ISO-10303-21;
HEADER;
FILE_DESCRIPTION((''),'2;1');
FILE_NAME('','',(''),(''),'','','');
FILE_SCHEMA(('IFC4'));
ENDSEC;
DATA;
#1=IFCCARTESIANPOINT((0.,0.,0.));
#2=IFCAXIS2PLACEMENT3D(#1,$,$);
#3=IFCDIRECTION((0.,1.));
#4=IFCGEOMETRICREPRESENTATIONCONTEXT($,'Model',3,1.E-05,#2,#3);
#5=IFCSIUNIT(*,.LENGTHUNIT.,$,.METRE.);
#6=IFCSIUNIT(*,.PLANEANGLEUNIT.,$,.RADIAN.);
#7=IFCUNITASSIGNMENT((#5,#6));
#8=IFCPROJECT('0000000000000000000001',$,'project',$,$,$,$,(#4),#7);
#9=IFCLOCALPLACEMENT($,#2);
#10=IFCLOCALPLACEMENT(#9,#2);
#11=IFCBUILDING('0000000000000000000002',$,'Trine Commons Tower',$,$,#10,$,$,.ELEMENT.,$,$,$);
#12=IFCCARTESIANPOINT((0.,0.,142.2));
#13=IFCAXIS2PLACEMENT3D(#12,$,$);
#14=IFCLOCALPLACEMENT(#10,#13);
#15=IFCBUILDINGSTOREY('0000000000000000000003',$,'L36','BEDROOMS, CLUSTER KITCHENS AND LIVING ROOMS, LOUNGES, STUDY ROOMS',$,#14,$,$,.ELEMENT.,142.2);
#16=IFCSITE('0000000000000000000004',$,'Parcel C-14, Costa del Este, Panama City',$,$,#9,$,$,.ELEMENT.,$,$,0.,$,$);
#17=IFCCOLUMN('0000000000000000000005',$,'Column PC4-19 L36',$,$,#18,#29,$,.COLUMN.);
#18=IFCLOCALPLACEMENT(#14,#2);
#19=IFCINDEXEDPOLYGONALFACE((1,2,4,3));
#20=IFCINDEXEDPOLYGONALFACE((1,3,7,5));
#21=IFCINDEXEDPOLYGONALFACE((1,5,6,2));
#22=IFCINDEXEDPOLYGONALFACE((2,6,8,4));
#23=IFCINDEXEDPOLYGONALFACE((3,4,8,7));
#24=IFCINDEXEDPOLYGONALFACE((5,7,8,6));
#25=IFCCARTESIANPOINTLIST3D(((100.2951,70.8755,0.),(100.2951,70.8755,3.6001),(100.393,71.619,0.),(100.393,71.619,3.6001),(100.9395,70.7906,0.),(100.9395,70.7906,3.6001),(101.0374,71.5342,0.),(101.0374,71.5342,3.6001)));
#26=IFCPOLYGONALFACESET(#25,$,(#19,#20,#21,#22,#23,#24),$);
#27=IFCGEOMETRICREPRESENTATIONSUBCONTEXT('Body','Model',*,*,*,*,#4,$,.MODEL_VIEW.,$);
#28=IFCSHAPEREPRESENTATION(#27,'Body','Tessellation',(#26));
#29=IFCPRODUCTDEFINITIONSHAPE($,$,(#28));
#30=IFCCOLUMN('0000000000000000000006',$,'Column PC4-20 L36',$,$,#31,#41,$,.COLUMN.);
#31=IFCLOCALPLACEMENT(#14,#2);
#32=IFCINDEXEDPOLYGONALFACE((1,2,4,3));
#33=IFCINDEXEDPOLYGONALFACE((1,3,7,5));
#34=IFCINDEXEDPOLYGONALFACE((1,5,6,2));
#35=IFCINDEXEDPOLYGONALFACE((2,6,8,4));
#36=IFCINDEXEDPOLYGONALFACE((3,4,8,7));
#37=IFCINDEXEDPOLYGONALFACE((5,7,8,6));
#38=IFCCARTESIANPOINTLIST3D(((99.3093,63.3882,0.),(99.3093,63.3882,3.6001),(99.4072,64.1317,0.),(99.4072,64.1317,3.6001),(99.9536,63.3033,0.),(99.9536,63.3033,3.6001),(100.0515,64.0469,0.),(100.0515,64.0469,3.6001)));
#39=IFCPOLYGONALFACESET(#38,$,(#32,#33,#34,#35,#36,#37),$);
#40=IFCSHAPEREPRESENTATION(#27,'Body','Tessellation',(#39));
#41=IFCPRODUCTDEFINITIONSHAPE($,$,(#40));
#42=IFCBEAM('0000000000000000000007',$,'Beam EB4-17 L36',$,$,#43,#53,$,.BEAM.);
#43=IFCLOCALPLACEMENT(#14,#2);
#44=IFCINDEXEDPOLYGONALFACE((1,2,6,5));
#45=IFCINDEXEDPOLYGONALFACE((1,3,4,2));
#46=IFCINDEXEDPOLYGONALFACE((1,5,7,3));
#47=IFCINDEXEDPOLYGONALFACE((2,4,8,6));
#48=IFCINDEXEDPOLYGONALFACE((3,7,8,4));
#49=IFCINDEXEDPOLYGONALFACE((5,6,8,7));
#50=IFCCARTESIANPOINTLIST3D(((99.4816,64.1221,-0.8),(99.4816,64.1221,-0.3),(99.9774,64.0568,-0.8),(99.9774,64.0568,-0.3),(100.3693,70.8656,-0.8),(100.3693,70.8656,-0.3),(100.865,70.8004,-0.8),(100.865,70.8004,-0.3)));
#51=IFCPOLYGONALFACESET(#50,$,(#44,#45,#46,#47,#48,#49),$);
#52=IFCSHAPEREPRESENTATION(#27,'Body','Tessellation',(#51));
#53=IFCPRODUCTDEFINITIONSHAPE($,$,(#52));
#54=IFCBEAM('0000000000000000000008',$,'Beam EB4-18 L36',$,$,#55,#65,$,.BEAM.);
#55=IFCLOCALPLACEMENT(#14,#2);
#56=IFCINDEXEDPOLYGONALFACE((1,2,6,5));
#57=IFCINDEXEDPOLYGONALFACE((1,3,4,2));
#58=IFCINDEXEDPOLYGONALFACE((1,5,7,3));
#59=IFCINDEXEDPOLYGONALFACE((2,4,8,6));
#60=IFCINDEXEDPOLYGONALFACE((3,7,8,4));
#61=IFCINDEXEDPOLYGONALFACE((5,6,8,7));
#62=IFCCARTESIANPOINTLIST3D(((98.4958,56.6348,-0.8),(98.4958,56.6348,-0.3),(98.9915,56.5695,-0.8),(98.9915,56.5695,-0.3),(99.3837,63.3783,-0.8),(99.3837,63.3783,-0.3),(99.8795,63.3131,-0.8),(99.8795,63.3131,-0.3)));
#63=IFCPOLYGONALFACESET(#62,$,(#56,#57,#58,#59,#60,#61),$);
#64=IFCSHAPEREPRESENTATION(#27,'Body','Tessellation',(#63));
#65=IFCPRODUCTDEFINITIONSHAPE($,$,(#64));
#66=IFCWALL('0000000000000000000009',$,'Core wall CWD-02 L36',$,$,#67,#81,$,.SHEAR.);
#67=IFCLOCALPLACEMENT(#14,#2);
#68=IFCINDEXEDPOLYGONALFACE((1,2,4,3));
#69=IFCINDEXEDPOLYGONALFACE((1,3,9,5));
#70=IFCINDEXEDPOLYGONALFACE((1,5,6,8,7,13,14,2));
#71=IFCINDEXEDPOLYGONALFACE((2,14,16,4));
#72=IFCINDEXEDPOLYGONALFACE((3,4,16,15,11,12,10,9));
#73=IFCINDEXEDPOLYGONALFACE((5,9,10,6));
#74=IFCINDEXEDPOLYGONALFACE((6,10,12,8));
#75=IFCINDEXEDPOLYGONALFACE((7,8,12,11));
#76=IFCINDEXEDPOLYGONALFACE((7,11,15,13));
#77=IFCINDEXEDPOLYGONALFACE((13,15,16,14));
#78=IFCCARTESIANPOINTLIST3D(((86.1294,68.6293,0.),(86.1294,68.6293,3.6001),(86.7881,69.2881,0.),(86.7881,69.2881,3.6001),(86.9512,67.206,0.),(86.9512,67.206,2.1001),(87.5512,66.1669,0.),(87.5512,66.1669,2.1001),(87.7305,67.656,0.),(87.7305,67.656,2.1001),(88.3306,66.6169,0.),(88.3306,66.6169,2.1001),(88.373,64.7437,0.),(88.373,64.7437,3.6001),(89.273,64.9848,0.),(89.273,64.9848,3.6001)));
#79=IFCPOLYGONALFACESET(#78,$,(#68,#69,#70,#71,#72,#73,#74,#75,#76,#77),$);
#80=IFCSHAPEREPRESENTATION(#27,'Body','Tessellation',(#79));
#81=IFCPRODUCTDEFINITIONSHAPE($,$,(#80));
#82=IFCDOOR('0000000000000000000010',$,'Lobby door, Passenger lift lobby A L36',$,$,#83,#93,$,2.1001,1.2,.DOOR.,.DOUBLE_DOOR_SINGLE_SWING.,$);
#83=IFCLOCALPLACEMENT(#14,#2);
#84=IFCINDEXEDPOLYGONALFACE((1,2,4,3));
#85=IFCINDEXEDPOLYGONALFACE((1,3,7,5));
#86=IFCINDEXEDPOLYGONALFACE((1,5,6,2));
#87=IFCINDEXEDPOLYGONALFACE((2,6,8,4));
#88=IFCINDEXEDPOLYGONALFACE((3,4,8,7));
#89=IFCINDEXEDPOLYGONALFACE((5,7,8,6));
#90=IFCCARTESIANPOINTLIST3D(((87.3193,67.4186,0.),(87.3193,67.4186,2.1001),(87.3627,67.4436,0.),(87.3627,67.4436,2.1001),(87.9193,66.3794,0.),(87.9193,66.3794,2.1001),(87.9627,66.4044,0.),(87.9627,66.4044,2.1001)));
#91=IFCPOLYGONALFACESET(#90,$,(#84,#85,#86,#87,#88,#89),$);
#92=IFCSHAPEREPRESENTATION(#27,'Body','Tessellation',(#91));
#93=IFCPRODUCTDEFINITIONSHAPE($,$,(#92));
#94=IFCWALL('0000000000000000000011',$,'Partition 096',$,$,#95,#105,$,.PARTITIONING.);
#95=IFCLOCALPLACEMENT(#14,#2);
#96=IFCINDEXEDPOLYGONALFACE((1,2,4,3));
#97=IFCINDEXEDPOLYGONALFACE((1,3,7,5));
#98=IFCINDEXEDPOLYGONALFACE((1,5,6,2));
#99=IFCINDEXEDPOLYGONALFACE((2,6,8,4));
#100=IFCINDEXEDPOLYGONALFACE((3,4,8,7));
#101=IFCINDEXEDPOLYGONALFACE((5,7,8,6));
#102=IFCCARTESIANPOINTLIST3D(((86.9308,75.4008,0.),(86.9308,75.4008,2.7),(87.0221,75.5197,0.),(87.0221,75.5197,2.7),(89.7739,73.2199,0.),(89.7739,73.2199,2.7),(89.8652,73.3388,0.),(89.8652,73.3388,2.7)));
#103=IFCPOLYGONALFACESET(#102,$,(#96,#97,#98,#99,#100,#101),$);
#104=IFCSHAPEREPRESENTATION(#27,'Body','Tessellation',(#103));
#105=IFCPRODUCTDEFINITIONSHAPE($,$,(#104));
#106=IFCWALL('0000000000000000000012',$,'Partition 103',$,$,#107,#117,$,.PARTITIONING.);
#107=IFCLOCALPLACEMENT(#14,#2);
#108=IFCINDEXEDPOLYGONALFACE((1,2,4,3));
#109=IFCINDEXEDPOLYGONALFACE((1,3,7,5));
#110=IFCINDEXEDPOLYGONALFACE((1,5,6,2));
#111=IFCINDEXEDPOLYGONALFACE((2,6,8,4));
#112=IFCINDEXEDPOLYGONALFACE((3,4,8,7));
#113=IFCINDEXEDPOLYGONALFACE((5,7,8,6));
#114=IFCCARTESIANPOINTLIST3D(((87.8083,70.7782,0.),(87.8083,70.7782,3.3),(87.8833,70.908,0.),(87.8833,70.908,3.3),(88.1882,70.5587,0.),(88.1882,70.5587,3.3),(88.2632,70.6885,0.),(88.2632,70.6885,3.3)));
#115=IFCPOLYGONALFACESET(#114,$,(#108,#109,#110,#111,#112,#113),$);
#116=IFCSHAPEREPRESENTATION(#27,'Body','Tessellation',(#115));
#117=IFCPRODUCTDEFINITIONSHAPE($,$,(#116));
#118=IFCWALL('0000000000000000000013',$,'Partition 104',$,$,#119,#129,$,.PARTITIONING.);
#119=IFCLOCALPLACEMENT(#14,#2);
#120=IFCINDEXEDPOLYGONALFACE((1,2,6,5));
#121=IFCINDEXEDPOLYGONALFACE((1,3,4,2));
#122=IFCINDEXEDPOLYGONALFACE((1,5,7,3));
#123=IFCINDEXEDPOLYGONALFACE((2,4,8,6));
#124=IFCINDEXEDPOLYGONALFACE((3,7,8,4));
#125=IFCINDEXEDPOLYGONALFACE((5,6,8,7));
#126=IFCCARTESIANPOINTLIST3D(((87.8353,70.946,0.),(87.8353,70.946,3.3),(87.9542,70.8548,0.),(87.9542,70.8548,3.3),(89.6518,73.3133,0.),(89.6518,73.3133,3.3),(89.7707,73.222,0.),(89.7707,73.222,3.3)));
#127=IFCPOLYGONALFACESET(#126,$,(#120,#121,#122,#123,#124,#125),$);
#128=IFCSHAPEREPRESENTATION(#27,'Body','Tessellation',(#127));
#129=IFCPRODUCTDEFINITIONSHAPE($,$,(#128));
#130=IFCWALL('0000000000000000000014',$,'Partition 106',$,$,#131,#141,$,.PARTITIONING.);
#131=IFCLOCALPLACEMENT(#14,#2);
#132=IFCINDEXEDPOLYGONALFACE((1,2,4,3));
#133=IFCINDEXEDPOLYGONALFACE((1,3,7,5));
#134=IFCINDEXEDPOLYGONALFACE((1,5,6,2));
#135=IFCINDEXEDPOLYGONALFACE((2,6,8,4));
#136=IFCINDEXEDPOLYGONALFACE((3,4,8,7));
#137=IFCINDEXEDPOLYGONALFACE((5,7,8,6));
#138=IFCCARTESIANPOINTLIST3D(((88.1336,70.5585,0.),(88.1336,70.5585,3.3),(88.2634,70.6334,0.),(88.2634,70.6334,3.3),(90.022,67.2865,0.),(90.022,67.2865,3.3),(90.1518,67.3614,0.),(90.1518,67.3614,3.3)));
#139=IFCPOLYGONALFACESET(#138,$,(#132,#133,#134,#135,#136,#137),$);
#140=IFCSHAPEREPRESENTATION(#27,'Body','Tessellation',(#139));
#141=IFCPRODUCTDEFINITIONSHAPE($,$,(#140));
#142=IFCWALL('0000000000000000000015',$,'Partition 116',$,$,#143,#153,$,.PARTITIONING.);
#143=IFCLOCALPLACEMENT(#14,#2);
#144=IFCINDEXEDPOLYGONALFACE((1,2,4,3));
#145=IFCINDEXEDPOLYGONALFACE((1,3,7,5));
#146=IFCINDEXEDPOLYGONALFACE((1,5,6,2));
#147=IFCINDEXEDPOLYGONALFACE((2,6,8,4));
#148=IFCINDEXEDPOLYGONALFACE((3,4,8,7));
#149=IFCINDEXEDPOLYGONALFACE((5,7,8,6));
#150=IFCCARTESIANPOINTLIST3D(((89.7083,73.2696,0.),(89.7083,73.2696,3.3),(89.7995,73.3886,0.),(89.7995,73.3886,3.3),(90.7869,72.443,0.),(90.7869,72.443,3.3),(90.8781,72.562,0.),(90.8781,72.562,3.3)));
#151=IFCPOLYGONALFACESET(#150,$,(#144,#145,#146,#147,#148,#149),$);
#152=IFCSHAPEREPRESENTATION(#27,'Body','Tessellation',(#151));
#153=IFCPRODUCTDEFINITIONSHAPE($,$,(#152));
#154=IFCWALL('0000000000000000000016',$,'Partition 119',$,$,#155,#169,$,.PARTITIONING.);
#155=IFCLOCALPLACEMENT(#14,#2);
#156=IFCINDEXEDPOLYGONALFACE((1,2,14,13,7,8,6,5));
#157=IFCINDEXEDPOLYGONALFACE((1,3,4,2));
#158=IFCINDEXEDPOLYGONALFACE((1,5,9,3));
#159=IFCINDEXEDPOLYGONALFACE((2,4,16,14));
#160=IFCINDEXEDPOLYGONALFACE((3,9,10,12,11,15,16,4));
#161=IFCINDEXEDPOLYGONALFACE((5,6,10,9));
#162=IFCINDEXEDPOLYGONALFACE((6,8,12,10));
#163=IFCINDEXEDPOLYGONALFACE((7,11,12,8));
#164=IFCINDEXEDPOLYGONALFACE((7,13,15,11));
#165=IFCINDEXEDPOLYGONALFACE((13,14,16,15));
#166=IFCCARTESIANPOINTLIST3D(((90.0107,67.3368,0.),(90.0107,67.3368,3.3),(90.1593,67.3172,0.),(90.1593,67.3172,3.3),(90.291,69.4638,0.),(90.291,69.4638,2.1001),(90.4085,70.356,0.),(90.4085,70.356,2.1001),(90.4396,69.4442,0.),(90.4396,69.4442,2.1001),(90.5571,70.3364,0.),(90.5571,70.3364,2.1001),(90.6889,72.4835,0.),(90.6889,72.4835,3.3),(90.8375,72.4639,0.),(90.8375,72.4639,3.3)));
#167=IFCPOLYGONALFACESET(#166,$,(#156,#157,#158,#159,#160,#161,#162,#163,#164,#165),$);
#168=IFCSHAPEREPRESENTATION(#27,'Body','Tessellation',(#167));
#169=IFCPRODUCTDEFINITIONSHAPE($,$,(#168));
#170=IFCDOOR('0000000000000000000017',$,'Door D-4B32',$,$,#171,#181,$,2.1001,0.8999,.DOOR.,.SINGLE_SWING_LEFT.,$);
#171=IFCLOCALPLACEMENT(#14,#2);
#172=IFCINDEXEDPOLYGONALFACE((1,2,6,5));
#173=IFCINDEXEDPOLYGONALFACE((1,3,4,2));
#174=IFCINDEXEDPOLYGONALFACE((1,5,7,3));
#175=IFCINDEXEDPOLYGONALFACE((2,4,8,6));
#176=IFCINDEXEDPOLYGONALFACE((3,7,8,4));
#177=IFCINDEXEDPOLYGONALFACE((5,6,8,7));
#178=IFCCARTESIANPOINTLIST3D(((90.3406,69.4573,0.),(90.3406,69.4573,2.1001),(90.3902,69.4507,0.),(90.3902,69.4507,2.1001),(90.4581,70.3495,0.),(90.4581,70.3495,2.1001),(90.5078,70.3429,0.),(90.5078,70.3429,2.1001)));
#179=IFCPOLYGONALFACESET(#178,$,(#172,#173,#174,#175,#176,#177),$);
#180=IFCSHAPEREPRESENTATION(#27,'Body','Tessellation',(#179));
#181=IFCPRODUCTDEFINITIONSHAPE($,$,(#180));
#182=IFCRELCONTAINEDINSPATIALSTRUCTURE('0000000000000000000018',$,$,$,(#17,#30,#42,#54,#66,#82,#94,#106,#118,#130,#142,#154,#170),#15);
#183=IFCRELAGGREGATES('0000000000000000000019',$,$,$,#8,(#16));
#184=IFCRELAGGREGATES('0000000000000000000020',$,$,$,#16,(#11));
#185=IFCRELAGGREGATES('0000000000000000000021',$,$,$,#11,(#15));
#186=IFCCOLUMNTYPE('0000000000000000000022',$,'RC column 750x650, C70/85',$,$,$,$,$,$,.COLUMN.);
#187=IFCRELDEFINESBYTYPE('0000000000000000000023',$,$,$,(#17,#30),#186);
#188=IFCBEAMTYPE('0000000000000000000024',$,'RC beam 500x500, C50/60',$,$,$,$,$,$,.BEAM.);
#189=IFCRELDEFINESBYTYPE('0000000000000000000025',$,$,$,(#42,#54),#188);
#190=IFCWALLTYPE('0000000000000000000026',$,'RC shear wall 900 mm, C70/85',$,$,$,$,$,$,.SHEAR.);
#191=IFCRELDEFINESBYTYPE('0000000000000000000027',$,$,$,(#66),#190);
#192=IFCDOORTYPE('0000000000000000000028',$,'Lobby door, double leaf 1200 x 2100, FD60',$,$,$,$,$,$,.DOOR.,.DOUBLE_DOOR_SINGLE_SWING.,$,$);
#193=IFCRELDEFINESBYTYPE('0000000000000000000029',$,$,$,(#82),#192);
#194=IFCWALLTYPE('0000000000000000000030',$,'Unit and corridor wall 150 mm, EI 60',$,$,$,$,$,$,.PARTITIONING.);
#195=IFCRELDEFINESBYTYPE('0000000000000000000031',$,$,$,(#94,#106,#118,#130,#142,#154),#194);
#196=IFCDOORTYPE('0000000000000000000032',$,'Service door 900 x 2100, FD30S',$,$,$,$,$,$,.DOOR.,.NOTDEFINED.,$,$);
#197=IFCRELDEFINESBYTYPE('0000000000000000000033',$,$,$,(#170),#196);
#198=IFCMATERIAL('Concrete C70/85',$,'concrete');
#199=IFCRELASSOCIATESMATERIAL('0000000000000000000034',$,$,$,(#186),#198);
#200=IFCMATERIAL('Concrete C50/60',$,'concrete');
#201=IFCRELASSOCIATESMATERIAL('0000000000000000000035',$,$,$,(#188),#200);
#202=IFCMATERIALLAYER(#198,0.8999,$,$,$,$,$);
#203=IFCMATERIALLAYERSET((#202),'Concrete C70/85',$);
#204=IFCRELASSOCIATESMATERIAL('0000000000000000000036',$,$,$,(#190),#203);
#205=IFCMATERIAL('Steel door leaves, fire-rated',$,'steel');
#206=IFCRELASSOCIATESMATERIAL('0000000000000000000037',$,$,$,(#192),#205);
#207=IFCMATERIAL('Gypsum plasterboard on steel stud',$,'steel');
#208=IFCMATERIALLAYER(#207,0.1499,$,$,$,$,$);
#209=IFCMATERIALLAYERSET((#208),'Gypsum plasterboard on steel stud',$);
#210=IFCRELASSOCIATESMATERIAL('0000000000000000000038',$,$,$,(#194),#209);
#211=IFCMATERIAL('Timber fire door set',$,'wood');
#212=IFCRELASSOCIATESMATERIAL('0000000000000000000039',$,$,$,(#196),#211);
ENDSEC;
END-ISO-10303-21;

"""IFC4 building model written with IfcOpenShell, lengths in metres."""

from ifc_helpers import new_model, si_unit, direction, frame, frame_2d, origin, origin_2d, place, context, subcontext, project, spatial, polyline, rectangle, outline, extrude, material, layer, layer_set, material_profile, profile_set, type_object, element, fill, save


model = new_model("IFC4")

# Units and contexts
model_context = context("Model", 3, precision=1e-05, world=origin(), true_north=direction((0.0, 1.0)))
body_context = subcontext(model_context, "Body", "Model", "MODEL_VIEW")
ifc_project = project(units=[si_unit("LENGTHUNIT", "METRE"), si_unit("PLANEANGLEUNIT", "RADIAN")], contexts=[model_context])

# Site, building, storey
site_placement = place(None, origin())
site = spatial("IfcSite", under=ifc_project, at=site_placement, Name="Parcel C-14, Costa del Este, Panama City", CompositionType="ELEMENT", RefElevation=0.0)
building_placement = place(site_placement, origin())
building = spatial("IfcBuilding", under=site, at=building_placement, Name="Trine Commons Tower", CompositionType="ELEMENT")
storey_placement = place(building_placement, frame((0.0, 0.0, 142.2)))
storey = spatial("IfcBuildingStorey", under=building, at=storey_placement, Name="L36", Description="BEDROOMS, CLUSTER KITCHENS AND LIVING ROOMS, LOUNGES, STUDY ROOMS", CompositionType="ELEMENT", Elevation=142.2)

# Columns
ifc_material_1 = material(Name="Concrete C70/85", Category="concrete")
ifc_material_profile_1 = material_profile(ifc_material_1, rectangle(XDim=0.75, YDim=0.6499, at=origin_2d()), Name="RC 750x650")
ifc_profile_set_1 = profile_set([ifc_material_profile_1], Name="Concrete C70/85")
column_type = type_object("IfcColumnType", Name="RC column 750x650, C70/85", PredefinedType="COLUMN", material=ifc_profile_set_1)
for number, where, z_axis, x_axis, name in (
    (1, (100.6663, 71.2048, 0.0), (0.0, 0.0, 1.0), (0.130526, 0.991445, 0.0), "Column PC4-19 L36"),
    (2, (99.6804, 63.7175, 0.0), (0.0, 0.0, 1.0), (0.130526, 0.991445, 0.0), "Column PC4-20 L36"),
):
    element("IfcColumn", number, at=place(storey_placement, frame(where, z_axis=z_axis, x_axis=x_axis)), inside=storey, type_object=column_type, Name=name, PredefinedType="COLUMN", context=body_context, shape_type="SweptSolid", body=[
        extrude(rectangle(XDim=0.75, YDim=0.6499, at=origin_2d()), origin(), (0.0, 0.0, 1.0), 3.6001),
    ])

# Beams
ifc_material_2 = material(Name="Concrete C50/60", Category="concrete")
ifc_material_profile_2 = material_profile(ifc_material_2, rectangle(XDim=0.5, YDim=0.5, at=origin_2d()), Name="RC 500x500")
ifc_profile_set_2 = profile_set([ifc_material_profile_2], Name="Concrete C50/60")
beam_type = type_object("IfcBeamType", Name="RC beam 500x500, C50/60", PredefinedType="BEAM", material=ifc_profile_set_2)
for number, where, z_axis, x_axis, name in (
    (3, (100.6172, 70.833, -0.55), (-0.130508, -0.991447, 0.0), (0.991447, -0.130508, 0.0), "Beam EB4-17 L36"),
    (4, (99.6316, 63.3457, -0.55), (-0.130544, -0.991443, 0.0), (0.991443, -0.130544, 0.0), "Beam EB4-18 L36"),
):
    element("IfcBeam", number, at=place(storey_placement, frame(where, z_axis=z_axis, x_axis=x_axis)), inside=storey, type_object=beam_type, Name=name, PredefinedType="BEAM", context=body_context, shape_type="SweptSolid", body=[
        extrude(rectangle(XDim=0.5, YDim=0.5, at=origin_2d()), origin(), (0.0, 0.0, 1.0), 6.8018),
    ])

# Wall, opening, door
ifc_layer_1 = layer(ifc_material_1, 0.8999)
ifc_layer_set_1 = layer_set([ifc_layer_1], Name="Concrete C70/85")
wall_type_1 = type_object("IfcWallType", Name="RC shear wall 900 mm, C70/85", PredefinedType="SHEAR", material=ifc_layer_set_1)
wall_1_placement = place(storey_placement, frame((88.8833, 64.7598, 0.0), z_axis=(0.0, 0.0, 1.0), x_axis=(-0.500039, 0.866003, 0.0)))
wall_1 = element("IfcWall", 5, at=wall_1_placement, inside=storey, type_object=wall_type_1, Name="Core wall CWD-02 L36", PredefinedType="SHEAR", context=body_context, shape_type="SweptSolid", body=[
    extrude(outline(polyline([(0.0, -0.45), (4.9692, -0.45), (4.728, 0.45), (0.2412, 0.45), (0.0, -0.45)])), origin(), (0.0, 0.0, 1.0), 3.6001),
])
opening_1_placement = place(wall_1_placement, frame((1.8845, 0.0, 0.0)))
opening_1 = element("IfcOpeningElement", 6, at=opening_1_placement, cuts=wall_1, PredefinedType="OPENING", context=body_context, shape_type="SweptSolid", body=[
    extrude(rectangle(XDim=1.2, YDim=2.1001, at=frame_2d((0.6001, 1.05))), frame((0.0, 0.46, 0.0), z_axis=(0.0, -1.0, 0.0), x_axis=(1.0, 0.0, 0.0)), (0.0, 0.0, 1.0), 0.9199),
])
ifc_material_3 = material(Name="Steel door leaves, fire-rated", Category="steel")
door_type_1 = type_object("IfcDoorType", Name="Lobby door, double leaf 1200 x 2100, FD60", OperationType="DOUBLE_DOOR_SINGLE_SWING", PredefinedType="DOOR", material=ifc_material_3)
door_1_placement = place(opening_1_placement, origin())
door_1 = element("IfcDoor", 7, at=door_1_placement, inside=storey, type_object=door_type_1, Name="Lobby door, Passenger lift lobby A L36", OperationType="DOUBLE_DOOR_SINGLE_SWING", OverallHeight=2.1001, OverallWidth=1.2, PredefinedType="DOOR", context=body_context, shape_type="SweptSolid", body=[
    extrude(rectangle(XDim=1.2, YDim=2.1001, at=frame_2d((0.6001, 1.05))), frame((0.0, 0.0249, 0.0), z_axis=(0.0, -1.0, 0.0), x_axis=(1.0, 0.0, 0.0)), (0.0, 0.0, 1.0), 0.05),
])
fill(opening_1, door_1)

# Walls
ifc_material_4 = material(Name="Gypsum plasterboard on steel stud", Category="steel")
ifc_layer_2 = layer(ifc_material_4, 0.1499)
ifc_layer_set_2 = layer_set([ifc_layer_2], Name="Gypsum plasterboard on steel stud")
wall_type_2 = type_object("IfcWallType", Name="Unit and corridor wall 150 mm, EI 60", PredefinedType="PARTITIONING", material=ifc_layer_set_2)
wall_2_placement = place(storey_placement, frame((86.9766, 75.4602, 0.0), z_axis=(0.0, 0.0, 1.0), x_axis=(0.793436, -0.608653, 0.0)))
element("IfcWall", 8, at=wall_2_placement, inside=storey, type_object=wall_type_2, Name="Partition 096", PredefinedType="PARTITIONING", context=body_context, shape_type="SweptSolid", body=[
    extrude(rectangle(XDim=3.5833, YDim=0.1499, at=frame_2d((1.7915, 0.0))), origin(), (0.0, 0.0, 1.0), 2.7),
])
wall_3_placement = place(storey_placement, frame((87.8459, 70.843, 0.0), z_axis=(0.0, 0.0, 1.0), x_axis=(0.86587, -0.500268, 0.0)))
element("IfcWall", 9, at=wall_3_placement, inside=storey, type_object=wall_type_2, Name="Partition 103", PredefinedType="PARTITIONING", context=body_context, shape_type="SweptSolid", body=[
    extrude(rectangle(XDim=0.4387, YDim=0.1499, at=frame_2d((0.2192, 0.0))), origin(), (0.0, 0.0, 1.0), 3.3),
])
wall_4_placement = place(storey_placement, frame((87.8948, 70.9004, 0.0), z_axis=(0.0, 0.0, 1.0), x_axis=(0.608761, 0.793353, 0.0)))
element("IfcWall", 10, at=wall_4_placement, inside=storey, type_object=wall_type_2, Name="Partition 104", PredefinedType="PARTITIONING", context=body_context, shape_type="SweptSolid", body=[
    extrude(rectangle(XDim=2.9839, YDim=0.1499, at=frame_2d((1.4919, 0.0))), origin(), (0.0, 0.0, 1.0), 3.3),
])
wall_5_placement = place(storey_placement, frame((88.1985, 70.5959, 0.0), z_axis=(0.0, 0.0, 1.0), x_axis=(0.499872, -0.8661, 0.0)))
element("IfcWall", 11, at=wall_5_placement, inside=storey, type_object=wall_type_2, Name="Partition 106", PredefinedType="PARTITIONING", context=body_context, shape_type="SweptSolid", body=[
    extrude(rectangle(XDim=3.7778, YDim=0.1499, at=frame_2d((1.8889, 0.0))), origin(), (0.0, 0.0, 1.0), 3.3),
])
wall_6_placement = place(storey_placement, frame((89.7539, 73.3291, 0.0), z_axis=(0.0, 0.0, 1.0), x_axis=(0.793705, -0.608303, 0.0)))
element("IfcWall", 12, at=wall_6_placement, inside=storey, type_object=wall_type_2, Name="Partition 116", PredefinedType="PARTITIONING", context=body_context, shape_type="SweptSolid", body=[
    extrude(rectangle(XDim=1.3589, YDim=0.1499, at=frame_2d((0.6794, 0.0))), origin(), (0.0, 0.0, 1.0), 3.3),
])

# Wall, opening, door
wall_7_placement = place(storey_placement, frame((90.085, 67.3269, 0.0), z_axis=(0.0, 0.0, 1.0), x_axis=(0.130648, 0.991429, 0.0)))
wall_7 = element("IfcWall", 13, at=wall_7_placement, inside=storey, type_object=wall_type_2, Name="Partition 119", PredefinedType="PARTITIONING", context=body_context, shape_type="SweptSolid", body=[
    extrude(rectangle(XDim=5.1912, YDim=0.1499, at=frame_2d((2.5957, 0.0))), origin(), (0.0, 0.0, 1.0), 3.3),
])
opening_2_placement = place(wall_7_placement, frame((2.1455, 0.0, 0.0)))
opening_2 = element("IfcOpeningElement", 14, at=opening_2_placement, cuts=wall_7, PredefinedType="OPENING", context=body_context, shape_type="SweptSolid", body=[
    extrude(rectangle(XDim=0.8999, YDim=2.1001, at=frame_2d((0.45, 1.05))), frame((0.0, 0.085, 0.0), z_axis=(0.0, -1.0, 0.0), x_axis=(1.0, 0.0, 0.0)), (0.0, 0.0, 1.0), 0.1699),
])
ifc_material_5 = material(Name="Timber fire door set", Category="wood")
door_type_2 = type_object("IfcDoorType", Name="Service door 900 x 2100, FD30S", OperationType="NOTDEFINED", PredefinedType="DOOR", material=ifc_material_5)
door_2_placement = place(opening_2_placement, origin())
door_2 = element("IfcDoor", 15, at=door_2_placement, inside=storey, type_object=door_type_2, Name="Door D-4B32", OperationType="SINGLE_SWING_LEFT", OverallHeight=2.1001, OverallWidth=0.8999, PredefinedType="DOOR", context=body_context, shape_type="SweptSolid", body=[
    extrude(rectangle(XDim=0.8999, YDim=2.1001, at=frame_2d((0.45, 1.05))), frame((0.0, 0.0249, 0.0), z_axis=(0.0, -1.0, 0.0), x_axis=(1.0, 0.0, 0.0)), (0.0, 0.0, 1.0), 0.05),
])
fill(opening_2, door_2)

save(model, "model.ifc")
